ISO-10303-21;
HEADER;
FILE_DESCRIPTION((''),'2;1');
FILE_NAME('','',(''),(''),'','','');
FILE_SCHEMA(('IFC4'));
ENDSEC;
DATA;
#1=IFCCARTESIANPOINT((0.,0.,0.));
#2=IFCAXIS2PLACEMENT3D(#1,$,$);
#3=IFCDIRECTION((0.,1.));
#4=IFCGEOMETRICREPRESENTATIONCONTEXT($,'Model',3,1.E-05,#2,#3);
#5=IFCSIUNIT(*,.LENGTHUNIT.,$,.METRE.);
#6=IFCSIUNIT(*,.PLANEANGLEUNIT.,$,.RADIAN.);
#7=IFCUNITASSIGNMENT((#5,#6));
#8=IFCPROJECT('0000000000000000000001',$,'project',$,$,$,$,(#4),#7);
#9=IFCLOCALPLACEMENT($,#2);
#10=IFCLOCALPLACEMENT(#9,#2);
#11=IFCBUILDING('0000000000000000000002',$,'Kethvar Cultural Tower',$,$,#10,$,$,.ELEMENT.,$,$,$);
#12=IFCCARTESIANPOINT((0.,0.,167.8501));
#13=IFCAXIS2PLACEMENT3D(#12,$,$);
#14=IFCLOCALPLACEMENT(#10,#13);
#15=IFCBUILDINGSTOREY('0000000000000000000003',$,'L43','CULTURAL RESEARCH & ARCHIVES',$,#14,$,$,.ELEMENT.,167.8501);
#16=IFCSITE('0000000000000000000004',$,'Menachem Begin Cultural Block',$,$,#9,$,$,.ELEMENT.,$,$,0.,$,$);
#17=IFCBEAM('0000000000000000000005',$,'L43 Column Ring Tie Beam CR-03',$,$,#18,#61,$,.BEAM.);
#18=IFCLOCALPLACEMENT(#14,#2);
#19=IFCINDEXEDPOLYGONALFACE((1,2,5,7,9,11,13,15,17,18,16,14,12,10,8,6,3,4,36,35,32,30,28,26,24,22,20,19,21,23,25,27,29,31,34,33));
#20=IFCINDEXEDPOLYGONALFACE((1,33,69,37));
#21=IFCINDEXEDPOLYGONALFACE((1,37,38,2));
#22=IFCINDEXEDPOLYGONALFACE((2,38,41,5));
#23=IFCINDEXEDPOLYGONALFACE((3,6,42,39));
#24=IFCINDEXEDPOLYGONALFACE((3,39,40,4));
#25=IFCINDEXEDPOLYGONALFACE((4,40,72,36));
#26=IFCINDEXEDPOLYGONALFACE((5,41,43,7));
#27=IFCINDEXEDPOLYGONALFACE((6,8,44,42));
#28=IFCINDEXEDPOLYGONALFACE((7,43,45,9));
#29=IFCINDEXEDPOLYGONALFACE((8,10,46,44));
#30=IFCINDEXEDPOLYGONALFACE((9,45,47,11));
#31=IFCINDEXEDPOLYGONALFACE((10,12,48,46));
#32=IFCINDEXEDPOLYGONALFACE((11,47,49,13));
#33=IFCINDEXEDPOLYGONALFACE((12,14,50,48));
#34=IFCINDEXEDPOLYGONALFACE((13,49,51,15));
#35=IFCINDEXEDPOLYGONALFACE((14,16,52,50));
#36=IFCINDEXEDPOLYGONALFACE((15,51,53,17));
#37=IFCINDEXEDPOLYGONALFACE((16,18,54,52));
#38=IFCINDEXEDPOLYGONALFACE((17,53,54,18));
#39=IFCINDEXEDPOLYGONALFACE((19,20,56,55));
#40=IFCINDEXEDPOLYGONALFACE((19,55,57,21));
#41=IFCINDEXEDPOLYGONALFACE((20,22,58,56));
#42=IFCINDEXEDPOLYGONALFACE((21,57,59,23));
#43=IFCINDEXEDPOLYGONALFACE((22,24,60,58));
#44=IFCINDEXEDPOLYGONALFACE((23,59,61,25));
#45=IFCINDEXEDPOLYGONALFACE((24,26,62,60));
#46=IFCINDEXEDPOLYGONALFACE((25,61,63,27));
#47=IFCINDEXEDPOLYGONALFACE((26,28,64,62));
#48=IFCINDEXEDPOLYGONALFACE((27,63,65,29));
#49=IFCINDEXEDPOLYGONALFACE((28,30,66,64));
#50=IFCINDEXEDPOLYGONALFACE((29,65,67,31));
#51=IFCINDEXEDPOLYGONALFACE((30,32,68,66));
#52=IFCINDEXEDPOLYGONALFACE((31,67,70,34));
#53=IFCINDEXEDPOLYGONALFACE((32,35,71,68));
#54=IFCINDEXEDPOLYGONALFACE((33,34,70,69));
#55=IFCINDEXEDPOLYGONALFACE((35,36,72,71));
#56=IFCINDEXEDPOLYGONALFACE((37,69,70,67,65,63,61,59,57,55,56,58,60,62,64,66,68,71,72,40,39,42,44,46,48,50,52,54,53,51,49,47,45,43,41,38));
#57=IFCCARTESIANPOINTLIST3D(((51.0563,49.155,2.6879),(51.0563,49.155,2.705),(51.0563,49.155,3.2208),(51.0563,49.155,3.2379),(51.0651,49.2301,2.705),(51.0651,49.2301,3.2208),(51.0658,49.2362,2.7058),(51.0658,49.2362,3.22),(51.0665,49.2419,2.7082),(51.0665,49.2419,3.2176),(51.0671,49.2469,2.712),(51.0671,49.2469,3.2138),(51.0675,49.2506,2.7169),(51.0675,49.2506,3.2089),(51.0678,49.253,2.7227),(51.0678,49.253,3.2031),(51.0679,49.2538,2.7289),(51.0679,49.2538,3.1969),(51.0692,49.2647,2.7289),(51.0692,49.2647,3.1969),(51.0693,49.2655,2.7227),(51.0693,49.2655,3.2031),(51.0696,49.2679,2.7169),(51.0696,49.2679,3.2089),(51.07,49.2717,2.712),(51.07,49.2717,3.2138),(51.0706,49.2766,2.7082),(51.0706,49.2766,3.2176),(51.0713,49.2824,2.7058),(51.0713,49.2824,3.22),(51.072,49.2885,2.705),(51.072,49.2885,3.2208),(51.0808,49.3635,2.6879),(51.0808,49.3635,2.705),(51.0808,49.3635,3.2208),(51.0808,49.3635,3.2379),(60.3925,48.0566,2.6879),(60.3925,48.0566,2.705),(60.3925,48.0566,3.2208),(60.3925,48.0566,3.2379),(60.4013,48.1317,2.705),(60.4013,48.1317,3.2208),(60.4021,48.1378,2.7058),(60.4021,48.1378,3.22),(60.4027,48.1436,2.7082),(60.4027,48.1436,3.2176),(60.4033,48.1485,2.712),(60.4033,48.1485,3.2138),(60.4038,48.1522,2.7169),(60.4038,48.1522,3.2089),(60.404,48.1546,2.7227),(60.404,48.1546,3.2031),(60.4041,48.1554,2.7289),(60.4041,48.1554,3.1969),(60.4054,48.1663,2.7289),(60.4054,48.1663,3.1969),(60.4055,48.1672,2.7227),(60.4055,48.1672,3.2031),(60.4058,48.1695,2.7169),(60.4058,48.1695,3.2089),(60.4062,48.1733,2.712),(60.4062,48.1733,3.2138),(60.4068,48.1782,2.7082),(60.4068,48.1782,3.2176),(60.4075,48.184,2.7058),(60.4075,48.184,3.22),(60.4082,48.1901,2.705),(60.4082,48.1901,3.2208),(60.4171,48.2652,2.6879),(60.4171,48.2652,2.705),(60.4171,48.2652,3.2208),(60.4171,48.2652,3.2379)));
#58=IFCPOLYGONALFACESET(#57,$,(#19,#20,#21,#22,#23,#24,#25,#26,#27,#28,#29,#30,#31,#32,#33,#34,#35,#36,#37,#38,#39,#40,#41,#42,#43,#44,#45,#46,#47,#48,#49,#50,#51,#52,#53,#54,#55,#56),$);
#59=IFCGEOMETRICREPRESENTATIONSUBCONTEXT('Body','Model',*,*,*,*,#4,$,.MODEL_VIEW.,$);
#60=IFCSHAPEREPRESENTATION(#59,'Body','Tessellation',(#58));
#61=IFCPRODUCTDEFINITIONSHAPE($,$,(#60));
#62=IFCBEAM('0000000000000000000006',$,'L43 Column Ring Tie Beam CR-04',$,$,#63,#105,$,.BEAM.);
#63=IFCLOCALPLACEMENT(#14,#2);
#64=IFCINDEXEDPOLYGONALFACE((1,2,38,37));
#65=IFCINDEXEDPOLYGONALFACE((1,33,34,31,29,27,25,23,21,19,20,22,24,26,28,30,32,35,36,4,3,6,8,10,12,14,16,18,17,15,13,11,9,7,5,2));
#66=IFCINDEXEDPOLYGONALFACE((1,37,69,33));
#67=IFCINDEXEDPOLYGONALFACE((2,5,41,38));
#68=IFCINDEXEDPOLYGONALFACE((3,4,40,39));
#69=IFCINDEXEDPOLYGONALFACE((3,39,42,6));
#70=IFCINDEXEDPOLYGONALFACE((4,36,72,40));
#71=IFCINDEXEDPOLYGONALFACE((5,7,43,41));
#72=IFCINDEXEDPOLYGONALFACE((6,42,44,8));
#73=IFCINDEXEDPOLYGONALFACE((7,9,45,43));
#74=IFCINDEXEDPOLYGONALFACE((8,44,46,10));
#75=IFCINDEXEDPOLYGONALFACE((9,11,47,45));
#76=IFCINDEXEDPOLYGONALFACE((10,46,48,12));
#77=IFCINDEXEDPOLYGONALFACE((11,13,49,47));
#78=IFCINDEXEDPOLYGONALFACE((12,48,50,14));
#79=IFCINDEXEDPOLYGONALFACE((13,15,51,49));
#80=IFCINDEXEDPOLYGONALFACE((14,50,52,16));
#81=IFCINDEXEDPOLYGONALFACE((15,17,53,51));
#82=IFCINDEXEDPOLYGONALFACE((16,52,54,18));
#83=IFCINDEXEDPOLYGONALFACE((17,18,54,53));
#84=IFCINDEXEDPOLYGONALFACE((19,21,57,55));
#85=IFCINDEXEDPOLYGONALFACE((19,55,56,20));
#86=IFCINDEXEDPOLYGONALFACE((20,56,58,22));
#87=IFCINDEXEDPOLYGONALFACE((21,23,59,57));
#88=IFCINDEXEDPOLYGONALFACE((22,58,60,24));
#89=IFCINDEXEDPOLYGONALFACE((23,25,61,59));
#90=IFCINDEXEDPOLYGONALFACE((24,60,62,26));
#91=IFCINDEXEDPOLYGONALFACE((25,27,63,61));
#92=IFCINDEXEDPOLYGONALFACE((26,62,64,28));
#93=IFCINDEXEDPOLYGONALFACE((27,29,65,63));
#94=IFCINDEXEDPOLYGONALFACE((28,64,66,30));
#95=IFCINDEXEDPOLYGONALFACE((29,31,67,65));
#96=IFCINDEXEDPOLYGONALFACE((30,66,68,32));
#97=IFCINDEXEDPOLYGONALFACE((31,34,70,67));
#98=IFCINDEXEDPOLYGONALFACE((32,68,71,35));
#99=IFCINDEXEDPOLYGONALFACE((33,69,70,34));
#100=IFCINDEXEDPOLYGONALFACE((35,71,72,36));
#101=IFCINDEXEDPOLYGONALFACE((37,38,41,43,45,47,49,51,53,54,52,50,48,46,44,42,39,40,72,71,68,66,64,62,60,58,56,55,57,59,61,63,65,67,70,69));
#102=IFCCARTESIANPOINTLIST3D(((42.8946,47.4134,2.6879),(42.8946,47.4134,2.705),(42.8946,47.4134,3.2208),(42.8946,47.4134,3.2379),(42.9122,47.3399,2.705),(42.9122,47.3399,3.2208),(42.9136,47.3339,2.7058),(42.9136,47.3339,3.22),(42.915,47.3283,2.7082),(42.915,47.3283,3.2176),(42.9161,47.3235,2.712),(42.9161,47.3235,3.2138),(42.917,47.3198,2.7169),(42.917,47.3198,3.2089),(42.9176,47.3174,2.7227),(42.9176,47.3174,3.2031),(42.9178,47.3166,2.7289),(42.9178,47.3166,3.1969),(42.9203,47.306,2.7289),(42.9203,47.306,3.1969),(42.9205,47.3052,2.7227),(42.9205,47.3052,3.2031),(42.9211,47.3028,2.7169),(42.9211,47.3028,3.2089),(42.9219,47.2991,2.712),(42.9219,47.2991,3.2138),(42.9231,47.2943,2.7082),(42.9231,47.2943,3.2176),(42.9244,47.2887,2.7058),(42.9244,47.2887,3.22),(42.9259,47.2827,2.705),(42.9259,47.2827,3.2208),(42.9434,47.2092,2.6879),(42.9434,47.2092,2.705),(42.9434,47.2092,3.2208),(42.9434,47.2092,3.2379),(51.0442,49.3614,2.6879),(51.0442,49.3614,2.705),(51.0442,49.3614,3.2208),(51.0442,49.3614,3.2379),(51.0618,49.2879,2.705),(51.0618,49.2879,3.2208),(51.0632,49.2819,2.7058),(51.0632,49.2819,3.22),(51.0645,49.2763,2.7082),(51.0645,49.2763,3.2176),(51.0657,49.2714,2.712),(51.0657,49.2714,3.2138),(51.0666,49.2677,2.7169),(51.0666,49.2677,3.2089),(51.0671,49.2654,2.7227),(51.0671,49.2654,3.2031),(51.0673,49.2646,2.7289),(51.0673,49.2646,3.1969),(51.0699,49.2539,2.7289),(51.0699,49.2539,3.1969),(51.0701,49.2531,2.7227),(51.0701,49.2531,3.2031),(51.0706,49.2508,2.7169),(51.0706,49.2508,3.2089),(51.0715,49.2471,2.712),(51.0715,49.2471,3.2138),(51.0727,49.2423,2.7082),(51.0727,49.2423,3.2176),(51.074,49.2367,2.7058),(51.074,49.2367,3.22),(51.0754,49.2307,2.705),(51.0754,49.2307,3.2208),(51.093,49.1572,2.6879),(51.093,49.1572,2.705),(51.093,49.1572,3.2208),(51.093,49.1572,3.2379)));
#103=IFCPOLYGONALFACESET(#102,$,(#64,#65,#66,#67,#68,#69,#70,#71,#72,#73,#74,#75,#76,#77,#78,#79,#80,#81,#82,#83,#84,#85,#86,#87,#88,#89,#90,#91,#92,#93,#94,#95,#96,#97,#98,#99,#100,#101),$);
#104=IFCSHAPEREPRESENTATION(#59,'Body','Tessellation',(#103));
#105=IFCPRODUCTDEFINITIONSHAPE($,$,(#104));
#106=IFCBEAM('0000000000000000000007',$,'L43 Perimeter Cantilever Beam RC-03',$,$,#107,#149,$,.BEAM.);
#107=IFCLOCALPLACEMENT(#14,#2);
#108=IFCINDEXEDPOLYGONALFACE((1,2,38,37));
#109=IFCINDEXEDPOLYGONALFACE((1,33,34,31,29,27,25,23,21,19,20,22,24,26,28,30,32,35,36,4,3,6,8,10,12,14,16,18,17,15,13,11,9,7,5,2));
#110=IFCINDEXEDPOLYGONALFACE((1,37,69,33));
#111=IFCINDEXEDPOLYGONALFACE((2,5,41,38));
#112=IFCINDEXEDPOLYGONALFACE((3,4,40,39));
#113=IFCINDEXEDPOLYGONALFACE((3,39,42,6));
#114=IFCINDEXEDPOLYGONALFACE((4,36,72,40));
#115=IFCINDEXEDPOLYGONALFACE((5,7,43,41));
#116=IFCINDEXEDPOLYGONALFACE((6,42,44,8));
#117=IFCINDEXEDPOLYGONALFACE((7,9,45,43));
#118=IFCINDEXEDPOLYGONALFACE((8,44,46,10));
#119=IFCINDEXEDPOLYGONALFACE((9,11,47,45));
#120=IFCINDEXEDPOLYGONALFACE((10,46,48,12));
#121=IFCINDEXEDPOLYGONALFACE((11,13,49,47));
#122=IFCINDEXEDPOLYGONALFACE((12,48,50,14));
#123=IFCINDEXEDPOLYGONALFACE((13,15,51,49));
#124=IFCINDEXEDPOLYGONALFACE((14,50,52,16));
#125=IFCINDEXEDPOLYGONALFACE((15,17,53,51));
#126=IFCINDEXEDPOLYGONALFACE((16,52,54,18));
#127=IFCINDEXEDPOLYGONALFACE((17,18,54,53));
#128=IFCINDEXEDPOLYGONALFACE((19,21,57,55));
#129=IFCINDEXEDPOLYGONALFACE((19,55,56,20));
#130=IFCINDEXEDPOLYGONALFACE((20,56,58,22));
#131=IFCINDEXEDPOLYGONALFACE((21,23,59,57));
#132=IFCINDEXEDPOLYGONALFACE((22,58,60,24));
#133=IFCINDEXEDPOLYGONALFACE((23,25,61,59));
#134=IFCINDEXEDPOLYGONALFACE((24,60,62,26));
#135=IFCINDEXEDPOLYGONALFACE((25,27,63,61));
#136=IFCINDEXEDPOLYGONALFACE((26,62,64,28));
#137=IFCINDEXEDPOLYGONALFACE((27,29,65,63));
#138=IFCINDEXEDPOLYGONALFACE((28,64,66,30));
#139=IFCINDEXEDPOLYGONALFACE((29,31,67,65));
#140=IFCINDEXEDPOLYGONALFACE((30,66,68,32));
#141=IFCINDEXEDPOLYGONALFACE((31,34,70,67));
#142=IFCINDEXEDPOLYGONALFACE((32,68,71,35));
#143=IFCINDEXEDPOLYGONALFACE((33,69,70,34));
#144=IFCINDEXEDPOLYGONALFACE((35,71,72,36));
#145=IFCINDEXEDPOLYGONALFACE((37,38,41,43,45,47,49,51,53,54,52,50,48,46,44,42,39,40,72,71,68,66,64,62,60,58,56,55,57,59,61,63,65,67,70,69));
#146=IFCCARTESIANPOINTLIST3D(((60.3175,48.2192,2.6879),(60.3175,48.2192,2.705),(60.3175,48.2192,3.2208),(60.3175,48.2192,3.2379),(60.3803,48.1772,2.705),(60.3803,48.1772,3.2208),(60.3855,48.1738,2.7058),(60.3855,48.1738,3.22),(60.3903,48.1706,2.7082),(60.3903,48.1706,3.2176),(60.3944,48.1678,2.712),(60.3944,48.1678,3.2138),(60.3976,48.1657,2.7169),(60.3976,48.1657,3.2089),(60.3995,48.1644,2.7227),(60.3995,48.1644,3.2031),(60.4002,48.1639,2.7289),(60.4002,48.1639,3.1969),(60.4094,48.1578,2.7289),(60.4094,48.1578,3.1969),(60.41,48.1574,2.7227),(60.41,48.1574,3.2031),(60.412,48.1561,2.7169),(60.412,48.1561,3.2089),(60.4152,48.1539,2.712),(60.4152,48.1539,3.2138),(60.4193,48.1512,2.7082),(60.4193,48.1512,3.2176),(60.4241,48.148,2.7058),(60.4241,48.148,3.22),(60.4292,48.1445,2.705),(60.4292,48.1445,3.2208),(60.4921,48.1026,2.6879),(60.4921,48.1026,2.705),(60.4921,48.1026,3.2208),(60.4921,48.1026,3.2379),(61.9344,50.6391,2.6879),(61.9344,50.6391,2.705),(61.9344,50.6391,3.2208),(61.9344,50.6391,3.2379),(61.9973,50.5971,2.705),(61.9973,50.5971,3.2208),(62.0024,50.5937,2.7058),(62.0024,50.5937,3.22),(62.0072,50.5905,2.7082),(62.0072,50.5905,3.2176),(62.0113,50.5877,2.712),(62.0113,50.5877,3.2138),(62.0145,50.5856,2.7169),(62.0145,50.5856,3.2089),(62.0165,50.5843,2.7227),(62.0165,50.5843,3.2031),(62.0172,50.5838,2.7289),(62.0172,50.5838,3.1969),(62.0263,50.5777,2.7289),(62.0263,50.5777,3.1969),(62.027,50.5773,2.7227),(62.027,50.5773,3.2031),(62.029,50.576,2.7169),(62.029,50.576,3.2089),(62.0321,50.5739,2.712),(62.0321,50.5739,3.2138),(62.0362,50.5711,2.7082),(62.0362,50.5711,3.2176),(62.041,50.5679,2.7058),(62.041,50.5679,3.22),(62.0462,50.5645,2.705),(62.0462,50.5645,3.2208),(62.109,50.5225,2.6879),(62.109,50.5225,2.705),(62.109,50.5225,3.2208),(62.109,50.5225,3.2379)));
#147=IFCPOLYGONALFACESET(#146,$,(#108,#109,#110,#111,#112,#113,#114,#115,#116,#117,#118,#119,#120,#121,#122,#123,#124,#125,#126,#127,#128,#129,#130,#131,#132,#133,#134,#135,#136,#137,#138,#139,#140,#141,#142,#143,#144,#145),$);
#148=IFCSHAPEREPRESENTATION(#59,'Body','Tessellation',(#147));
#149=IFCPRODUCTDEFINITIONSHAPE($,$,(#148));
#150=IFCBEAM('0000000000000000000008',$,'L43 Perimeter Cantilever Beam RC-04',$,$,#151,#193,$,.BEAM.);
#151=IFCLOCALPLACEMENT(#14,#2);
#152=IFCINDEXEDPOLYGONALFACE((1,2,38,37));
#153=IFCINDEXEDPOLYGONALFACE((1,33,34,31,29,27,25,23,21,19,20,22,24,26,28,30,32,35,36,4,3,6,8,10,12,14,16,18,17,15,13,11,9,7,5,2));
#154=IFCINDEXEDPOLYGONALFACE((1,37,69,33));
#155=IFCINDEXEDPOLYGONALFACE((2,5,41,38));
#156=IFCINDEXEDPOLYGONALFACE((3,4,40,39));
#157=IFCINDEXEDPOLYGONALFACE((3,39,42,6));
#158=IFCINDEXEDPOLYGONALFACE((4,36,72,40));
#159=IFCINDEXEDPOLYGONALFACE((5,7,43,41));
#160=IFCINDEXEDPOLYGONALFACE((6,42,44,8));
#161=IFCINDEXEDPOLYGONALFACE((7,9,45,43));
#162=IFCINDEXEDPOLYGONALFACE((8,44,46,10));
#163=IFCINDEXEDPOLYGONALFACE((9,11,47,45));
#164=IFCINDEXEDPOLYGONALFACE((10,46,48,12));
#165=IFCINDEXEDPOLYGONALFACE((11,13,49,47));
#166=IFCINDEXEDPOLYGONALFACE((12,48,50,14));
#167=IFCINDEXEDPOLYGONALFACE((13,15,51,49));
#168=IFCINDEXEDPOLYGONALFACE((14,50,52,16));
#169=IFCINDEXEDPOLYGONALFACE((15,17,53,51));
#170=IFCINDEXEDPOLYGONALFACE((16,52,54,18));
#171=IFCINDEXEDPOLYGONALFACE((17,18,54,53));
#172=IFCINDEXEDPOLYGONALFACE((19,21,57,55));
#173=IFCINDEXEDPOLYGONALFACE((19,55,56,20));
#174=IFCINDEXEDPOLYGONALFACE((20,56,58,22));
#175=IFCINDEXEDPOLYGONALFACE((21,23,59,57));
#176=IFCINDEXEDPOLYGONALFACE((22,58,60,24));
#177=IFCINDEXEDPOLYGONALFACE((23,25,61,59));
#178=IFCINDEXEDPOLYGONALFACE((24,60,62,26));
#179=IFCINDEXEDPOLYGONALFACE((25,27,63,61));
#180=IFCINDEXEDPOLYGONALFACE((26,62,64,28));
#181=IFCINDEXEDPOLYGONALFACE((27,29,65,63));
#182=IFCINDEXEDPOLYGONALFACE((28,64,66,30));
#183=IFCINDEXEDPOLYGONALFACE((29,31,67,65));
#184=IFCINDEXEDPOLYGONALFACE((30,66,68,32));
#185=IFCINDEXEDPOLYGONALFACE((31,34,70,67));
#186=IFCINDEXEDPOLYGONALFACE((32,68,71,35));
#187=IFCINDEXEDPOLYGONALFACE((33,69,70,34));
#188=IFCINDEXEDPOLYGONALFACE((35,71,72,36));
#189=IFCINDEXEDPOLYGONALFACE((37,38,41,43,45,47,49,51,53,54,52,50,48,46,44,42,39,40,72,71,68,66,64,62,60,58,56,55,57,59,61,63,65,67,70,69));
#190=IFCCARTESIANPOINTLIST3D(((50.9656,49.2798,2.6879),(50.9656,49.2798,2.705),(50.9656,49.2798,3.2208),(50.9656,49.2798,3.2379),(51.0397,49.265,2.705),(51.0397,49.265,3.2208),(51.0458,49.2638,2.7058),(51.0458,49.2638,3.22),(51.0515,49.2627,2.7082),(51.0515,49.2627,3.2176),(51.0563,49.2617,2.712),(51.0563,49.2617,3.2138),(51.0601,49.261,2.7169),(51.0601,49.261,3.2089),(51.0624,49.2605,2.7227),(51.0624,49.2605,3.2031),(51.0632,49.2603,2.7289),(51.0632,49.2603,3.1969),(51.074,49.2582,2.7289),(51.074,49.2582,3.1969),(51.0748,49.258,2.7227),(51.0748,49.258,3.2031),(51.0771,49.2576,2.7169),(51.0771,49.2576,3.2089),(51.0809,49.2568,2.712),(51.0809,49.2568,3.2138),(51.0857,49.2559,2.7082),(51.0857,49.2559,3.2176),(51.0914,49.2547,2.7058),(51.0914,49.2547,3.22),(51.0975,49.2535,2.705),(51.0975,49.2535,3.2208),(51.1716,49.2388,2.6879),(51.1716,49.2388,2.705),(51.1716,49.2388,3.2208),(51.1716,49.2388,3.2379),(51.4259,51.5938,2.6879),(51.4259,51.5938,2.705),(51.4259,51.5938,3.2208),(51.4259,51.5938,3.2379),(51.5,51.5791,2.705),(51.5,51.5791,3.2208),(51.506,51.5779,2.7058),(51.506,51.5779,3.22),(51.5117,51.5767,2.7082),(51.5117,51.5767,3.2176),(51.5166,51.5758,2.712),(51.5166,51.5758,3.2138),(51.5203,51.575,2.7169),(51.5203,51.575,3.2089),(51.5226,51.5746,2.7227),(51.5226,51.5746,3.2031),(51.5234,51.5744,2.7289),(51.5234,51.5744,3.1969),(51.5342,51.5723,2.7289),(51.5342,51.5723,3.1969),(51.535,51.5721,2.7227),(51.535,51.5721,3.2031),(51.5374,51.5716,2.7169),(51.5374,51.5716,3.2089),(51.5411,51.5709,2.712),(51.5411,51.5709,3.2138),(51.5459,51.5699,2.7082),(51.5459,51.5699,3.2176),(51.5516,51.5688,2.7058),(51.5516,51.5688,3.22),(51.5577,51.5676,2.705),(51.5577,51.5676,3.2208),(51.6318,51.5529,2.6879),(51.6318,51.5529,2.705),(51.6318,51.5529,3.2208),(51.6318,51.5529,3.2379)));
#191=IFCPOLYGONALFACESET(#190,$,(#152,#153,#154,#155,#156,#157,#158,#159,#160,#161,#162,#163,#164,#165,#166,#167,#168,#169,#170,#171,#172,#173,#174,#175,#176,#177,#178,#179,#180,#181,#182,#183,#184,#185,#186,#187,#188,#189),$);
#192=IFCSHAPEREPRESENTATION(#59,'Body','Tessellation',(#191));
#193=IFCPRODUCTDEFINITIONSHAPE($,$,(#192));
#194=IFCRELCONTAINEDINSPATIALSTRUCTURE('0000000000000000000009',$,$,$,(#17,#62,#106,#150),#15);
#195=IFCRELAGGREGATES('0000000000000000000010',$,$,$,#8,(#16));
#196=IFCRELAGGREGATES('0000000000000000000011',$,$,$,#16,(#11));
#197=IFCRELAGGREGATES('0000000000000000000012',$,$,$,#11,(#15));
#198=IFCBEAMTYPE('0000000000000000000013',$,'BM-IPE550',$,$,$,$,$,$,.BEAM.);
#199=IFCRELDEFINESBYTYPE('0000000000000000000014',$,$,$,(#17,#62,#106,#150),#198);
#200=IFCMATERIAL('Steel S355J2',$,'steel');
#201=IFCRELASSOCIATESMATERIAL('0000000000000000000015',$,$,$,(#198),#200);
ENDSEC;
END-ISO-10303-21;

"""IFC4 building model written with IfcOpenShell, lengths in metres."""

from ifc_helpers import new_model, si_unit, direction, frame, origin, origin_2d, place, context, subcontext, project, spatial, i_section, extrude, source, transform, mapped, material, material_profile, profile_set, type_object, element, save


model = new_model("IFC4")

# Units and contexts
model_context = context("Model", 3, precision=1e-05, world=origin(), true_north=direction((0.0, 1.0)))
body_context = subcontext(model_context, "Body", "Model", "MODEL_VIEW")
ifc_project = project(units=[si_unit("LENGTHUNIT", "METRE"), si_unit("PLANEANGLEUNIT", "RADIAN")], contexts=[model_context])

# Site, building, storey
site_placement = place(None, origin())
site = spatial("IfcSite", under=ifc_project, at=site_placement, Name="Menachem Begin Cultural Block", CompositionType="ELEMENT", RefElevation=0.0)
building_placement = place(site_placement, origin())
building = spatial("IfcBuilding", under=site, at=building_placement, Name="Kethvar Cultural Tower", CompositionType="ELEMENT")
storey_placement = place(building_placement, frame((0.0, 0.0, 167.8501)))
storey = spatial("IfcBuildingStorey", under=building, at=storey_placement, Name="L43", Description="CULTURAL RESEARCH & ARCHIVES", CompositionType="ELEMENT", Elevation=167.8501)

# Beams
ifc_material_1 = material(Name="Steel S355J2", Category="steel")
ifc_material_profile_1 = material_profile(ifc_material_1, i_section(OverallWidth=0.21, OverallDepth=0.55, WebThickness=0.011, FlangeThickness=0.0171, FilletRadius=0.0239, at=origin_2d()), Name="Steel S355J2 — IPE550")
ifc_profile_set_1 = profile_set([ifc_material_profile_1], Name="Steel S355J2 — IPE550")
beam_type_1 = type_object("IfcBeamType", Name="BM-IPE550", PredefinedType="BEAM", material=ifc_profile_set_1)
shared_shape_1 = source(origin(), body_context, "Body", "SweptSolid", [
    extrude(i_section(OverallWidth=0.21, OverallDepth=0.55, WebThickness=0.011, FlangeThickness=0.0171, FilletRadius=0.0239, at=origin_2d()), origin(), (0.0, 0.0, 1.0), 9.4006),
])
beam_1_placement = place(storey_placement, frame((60.4048, 48.1609, 2.9629), z_axis=(-0.99315, 0.116843, 0.0), x_axis=(-0.116843, -0.99315, 0.0)))
element("IfcBeam", 1, at=beam_1_placement, inside=storey, type_object=beam_type_1, Name="L43 Column Ring Tie Beam CR-03", PredefinedType="BEAM", context=body_context, shape_type="MappedRepresentation", body=[
    mapped(shared_shape_1, transform((0.0, 0.0, 0.0), scale=1.0)),
])
shared_shape_2 = source(origin(), body_context, "Body", "SweptSolid", [
    extrude(i_section(OverallWidth=0.21, OverallDepth=0.55, WebThickness=0.011, FlangeThickness=0.0171, FilletRadius=0.0239, at=origin_2d()), origin(), (0.0, 0.0, 1.0), 8.3792),
])
beam_2_placement = place(storey_placement, frame((51.0686, 49.2593, 2.9629), z_axis=(-0.972601, -0.232479, 0.0), x_axis=(0.232479, -0.972601, 0.0)))
element("IfcBeam", 2, at=beam_2_placement, inside=storey, type_object=beam_type_1, Name="L43 Column Ring Tie Beam CR-04", PredefinedType="BEAM", context=body_context, shape_type="MappedRepresentation", body=[
    mapped(shared_shape_2, transform((0.0, 0.0, 0.0), scale=1.0)),
])
shared_shape_3 = source(origin(), body_context, "Body", "SweptSolid", [
    extrude(i_section(OverallWidth=0.21, OverallDepth=0.55, WebThickness=0.011, FlangeThickness=0.0171, FilletRadius=0.0239, at=origin_2d()), origin(), (0.0, 0.0, 1.0), 2.9104),
])
beam_3_placement = place(storey_placement, frame((60.4048, 48.1609, 2.9629), z_axis=(0.555571, 0.831469, 0.0), x_axis=(-0.831469, 0.555571, 0.0)))
element("IfcBeam", 3, at=beam_3_placement, inside=storey, type_object=beam_type_1, Name="L43 Perimeter Cantilever Beam RC-03", PredefinedType="BEAM", context=body_context, shape_type="MappedRepresentation", body=[
    mapped(shared_shape_3, transform((0.0, 0.0, 0.0), scale=1.0)),
])
shared_shape_4 = source(origin(), body_context, "Body", "SweptSolid", [
    extrude(i_section(OverallWidth=0.21, OverallDepth=0.55, WebThickness=0.011, FlangeThickness=0.0171, FilletRadius=0.0239, at=origin_2d()), origin(), (0.0, 0.0, 1.0), 2.3594),
])
beam_4_placement = place(storey_placement, frame((51.0686, 49.2593, 2.9629), z_axis=(0.195061, 0.980791, 0.0), x_axis=(-0.980791, 0.195061, 0.0)))
element("IfcBeam", 4, at=beam_4_placement, inside=storey, type_object=beam_type_1, Name="L43 Perimeter Cantilever Beam RC-04", PredefinedType="BEAM", context=body_context, shape_type="MappedRepresentation", body=[
    mapped(shared_shape_4, transform((0.0, 0.0, 0.0), scale=1.0)),
])

save(model, "model.ifc")
